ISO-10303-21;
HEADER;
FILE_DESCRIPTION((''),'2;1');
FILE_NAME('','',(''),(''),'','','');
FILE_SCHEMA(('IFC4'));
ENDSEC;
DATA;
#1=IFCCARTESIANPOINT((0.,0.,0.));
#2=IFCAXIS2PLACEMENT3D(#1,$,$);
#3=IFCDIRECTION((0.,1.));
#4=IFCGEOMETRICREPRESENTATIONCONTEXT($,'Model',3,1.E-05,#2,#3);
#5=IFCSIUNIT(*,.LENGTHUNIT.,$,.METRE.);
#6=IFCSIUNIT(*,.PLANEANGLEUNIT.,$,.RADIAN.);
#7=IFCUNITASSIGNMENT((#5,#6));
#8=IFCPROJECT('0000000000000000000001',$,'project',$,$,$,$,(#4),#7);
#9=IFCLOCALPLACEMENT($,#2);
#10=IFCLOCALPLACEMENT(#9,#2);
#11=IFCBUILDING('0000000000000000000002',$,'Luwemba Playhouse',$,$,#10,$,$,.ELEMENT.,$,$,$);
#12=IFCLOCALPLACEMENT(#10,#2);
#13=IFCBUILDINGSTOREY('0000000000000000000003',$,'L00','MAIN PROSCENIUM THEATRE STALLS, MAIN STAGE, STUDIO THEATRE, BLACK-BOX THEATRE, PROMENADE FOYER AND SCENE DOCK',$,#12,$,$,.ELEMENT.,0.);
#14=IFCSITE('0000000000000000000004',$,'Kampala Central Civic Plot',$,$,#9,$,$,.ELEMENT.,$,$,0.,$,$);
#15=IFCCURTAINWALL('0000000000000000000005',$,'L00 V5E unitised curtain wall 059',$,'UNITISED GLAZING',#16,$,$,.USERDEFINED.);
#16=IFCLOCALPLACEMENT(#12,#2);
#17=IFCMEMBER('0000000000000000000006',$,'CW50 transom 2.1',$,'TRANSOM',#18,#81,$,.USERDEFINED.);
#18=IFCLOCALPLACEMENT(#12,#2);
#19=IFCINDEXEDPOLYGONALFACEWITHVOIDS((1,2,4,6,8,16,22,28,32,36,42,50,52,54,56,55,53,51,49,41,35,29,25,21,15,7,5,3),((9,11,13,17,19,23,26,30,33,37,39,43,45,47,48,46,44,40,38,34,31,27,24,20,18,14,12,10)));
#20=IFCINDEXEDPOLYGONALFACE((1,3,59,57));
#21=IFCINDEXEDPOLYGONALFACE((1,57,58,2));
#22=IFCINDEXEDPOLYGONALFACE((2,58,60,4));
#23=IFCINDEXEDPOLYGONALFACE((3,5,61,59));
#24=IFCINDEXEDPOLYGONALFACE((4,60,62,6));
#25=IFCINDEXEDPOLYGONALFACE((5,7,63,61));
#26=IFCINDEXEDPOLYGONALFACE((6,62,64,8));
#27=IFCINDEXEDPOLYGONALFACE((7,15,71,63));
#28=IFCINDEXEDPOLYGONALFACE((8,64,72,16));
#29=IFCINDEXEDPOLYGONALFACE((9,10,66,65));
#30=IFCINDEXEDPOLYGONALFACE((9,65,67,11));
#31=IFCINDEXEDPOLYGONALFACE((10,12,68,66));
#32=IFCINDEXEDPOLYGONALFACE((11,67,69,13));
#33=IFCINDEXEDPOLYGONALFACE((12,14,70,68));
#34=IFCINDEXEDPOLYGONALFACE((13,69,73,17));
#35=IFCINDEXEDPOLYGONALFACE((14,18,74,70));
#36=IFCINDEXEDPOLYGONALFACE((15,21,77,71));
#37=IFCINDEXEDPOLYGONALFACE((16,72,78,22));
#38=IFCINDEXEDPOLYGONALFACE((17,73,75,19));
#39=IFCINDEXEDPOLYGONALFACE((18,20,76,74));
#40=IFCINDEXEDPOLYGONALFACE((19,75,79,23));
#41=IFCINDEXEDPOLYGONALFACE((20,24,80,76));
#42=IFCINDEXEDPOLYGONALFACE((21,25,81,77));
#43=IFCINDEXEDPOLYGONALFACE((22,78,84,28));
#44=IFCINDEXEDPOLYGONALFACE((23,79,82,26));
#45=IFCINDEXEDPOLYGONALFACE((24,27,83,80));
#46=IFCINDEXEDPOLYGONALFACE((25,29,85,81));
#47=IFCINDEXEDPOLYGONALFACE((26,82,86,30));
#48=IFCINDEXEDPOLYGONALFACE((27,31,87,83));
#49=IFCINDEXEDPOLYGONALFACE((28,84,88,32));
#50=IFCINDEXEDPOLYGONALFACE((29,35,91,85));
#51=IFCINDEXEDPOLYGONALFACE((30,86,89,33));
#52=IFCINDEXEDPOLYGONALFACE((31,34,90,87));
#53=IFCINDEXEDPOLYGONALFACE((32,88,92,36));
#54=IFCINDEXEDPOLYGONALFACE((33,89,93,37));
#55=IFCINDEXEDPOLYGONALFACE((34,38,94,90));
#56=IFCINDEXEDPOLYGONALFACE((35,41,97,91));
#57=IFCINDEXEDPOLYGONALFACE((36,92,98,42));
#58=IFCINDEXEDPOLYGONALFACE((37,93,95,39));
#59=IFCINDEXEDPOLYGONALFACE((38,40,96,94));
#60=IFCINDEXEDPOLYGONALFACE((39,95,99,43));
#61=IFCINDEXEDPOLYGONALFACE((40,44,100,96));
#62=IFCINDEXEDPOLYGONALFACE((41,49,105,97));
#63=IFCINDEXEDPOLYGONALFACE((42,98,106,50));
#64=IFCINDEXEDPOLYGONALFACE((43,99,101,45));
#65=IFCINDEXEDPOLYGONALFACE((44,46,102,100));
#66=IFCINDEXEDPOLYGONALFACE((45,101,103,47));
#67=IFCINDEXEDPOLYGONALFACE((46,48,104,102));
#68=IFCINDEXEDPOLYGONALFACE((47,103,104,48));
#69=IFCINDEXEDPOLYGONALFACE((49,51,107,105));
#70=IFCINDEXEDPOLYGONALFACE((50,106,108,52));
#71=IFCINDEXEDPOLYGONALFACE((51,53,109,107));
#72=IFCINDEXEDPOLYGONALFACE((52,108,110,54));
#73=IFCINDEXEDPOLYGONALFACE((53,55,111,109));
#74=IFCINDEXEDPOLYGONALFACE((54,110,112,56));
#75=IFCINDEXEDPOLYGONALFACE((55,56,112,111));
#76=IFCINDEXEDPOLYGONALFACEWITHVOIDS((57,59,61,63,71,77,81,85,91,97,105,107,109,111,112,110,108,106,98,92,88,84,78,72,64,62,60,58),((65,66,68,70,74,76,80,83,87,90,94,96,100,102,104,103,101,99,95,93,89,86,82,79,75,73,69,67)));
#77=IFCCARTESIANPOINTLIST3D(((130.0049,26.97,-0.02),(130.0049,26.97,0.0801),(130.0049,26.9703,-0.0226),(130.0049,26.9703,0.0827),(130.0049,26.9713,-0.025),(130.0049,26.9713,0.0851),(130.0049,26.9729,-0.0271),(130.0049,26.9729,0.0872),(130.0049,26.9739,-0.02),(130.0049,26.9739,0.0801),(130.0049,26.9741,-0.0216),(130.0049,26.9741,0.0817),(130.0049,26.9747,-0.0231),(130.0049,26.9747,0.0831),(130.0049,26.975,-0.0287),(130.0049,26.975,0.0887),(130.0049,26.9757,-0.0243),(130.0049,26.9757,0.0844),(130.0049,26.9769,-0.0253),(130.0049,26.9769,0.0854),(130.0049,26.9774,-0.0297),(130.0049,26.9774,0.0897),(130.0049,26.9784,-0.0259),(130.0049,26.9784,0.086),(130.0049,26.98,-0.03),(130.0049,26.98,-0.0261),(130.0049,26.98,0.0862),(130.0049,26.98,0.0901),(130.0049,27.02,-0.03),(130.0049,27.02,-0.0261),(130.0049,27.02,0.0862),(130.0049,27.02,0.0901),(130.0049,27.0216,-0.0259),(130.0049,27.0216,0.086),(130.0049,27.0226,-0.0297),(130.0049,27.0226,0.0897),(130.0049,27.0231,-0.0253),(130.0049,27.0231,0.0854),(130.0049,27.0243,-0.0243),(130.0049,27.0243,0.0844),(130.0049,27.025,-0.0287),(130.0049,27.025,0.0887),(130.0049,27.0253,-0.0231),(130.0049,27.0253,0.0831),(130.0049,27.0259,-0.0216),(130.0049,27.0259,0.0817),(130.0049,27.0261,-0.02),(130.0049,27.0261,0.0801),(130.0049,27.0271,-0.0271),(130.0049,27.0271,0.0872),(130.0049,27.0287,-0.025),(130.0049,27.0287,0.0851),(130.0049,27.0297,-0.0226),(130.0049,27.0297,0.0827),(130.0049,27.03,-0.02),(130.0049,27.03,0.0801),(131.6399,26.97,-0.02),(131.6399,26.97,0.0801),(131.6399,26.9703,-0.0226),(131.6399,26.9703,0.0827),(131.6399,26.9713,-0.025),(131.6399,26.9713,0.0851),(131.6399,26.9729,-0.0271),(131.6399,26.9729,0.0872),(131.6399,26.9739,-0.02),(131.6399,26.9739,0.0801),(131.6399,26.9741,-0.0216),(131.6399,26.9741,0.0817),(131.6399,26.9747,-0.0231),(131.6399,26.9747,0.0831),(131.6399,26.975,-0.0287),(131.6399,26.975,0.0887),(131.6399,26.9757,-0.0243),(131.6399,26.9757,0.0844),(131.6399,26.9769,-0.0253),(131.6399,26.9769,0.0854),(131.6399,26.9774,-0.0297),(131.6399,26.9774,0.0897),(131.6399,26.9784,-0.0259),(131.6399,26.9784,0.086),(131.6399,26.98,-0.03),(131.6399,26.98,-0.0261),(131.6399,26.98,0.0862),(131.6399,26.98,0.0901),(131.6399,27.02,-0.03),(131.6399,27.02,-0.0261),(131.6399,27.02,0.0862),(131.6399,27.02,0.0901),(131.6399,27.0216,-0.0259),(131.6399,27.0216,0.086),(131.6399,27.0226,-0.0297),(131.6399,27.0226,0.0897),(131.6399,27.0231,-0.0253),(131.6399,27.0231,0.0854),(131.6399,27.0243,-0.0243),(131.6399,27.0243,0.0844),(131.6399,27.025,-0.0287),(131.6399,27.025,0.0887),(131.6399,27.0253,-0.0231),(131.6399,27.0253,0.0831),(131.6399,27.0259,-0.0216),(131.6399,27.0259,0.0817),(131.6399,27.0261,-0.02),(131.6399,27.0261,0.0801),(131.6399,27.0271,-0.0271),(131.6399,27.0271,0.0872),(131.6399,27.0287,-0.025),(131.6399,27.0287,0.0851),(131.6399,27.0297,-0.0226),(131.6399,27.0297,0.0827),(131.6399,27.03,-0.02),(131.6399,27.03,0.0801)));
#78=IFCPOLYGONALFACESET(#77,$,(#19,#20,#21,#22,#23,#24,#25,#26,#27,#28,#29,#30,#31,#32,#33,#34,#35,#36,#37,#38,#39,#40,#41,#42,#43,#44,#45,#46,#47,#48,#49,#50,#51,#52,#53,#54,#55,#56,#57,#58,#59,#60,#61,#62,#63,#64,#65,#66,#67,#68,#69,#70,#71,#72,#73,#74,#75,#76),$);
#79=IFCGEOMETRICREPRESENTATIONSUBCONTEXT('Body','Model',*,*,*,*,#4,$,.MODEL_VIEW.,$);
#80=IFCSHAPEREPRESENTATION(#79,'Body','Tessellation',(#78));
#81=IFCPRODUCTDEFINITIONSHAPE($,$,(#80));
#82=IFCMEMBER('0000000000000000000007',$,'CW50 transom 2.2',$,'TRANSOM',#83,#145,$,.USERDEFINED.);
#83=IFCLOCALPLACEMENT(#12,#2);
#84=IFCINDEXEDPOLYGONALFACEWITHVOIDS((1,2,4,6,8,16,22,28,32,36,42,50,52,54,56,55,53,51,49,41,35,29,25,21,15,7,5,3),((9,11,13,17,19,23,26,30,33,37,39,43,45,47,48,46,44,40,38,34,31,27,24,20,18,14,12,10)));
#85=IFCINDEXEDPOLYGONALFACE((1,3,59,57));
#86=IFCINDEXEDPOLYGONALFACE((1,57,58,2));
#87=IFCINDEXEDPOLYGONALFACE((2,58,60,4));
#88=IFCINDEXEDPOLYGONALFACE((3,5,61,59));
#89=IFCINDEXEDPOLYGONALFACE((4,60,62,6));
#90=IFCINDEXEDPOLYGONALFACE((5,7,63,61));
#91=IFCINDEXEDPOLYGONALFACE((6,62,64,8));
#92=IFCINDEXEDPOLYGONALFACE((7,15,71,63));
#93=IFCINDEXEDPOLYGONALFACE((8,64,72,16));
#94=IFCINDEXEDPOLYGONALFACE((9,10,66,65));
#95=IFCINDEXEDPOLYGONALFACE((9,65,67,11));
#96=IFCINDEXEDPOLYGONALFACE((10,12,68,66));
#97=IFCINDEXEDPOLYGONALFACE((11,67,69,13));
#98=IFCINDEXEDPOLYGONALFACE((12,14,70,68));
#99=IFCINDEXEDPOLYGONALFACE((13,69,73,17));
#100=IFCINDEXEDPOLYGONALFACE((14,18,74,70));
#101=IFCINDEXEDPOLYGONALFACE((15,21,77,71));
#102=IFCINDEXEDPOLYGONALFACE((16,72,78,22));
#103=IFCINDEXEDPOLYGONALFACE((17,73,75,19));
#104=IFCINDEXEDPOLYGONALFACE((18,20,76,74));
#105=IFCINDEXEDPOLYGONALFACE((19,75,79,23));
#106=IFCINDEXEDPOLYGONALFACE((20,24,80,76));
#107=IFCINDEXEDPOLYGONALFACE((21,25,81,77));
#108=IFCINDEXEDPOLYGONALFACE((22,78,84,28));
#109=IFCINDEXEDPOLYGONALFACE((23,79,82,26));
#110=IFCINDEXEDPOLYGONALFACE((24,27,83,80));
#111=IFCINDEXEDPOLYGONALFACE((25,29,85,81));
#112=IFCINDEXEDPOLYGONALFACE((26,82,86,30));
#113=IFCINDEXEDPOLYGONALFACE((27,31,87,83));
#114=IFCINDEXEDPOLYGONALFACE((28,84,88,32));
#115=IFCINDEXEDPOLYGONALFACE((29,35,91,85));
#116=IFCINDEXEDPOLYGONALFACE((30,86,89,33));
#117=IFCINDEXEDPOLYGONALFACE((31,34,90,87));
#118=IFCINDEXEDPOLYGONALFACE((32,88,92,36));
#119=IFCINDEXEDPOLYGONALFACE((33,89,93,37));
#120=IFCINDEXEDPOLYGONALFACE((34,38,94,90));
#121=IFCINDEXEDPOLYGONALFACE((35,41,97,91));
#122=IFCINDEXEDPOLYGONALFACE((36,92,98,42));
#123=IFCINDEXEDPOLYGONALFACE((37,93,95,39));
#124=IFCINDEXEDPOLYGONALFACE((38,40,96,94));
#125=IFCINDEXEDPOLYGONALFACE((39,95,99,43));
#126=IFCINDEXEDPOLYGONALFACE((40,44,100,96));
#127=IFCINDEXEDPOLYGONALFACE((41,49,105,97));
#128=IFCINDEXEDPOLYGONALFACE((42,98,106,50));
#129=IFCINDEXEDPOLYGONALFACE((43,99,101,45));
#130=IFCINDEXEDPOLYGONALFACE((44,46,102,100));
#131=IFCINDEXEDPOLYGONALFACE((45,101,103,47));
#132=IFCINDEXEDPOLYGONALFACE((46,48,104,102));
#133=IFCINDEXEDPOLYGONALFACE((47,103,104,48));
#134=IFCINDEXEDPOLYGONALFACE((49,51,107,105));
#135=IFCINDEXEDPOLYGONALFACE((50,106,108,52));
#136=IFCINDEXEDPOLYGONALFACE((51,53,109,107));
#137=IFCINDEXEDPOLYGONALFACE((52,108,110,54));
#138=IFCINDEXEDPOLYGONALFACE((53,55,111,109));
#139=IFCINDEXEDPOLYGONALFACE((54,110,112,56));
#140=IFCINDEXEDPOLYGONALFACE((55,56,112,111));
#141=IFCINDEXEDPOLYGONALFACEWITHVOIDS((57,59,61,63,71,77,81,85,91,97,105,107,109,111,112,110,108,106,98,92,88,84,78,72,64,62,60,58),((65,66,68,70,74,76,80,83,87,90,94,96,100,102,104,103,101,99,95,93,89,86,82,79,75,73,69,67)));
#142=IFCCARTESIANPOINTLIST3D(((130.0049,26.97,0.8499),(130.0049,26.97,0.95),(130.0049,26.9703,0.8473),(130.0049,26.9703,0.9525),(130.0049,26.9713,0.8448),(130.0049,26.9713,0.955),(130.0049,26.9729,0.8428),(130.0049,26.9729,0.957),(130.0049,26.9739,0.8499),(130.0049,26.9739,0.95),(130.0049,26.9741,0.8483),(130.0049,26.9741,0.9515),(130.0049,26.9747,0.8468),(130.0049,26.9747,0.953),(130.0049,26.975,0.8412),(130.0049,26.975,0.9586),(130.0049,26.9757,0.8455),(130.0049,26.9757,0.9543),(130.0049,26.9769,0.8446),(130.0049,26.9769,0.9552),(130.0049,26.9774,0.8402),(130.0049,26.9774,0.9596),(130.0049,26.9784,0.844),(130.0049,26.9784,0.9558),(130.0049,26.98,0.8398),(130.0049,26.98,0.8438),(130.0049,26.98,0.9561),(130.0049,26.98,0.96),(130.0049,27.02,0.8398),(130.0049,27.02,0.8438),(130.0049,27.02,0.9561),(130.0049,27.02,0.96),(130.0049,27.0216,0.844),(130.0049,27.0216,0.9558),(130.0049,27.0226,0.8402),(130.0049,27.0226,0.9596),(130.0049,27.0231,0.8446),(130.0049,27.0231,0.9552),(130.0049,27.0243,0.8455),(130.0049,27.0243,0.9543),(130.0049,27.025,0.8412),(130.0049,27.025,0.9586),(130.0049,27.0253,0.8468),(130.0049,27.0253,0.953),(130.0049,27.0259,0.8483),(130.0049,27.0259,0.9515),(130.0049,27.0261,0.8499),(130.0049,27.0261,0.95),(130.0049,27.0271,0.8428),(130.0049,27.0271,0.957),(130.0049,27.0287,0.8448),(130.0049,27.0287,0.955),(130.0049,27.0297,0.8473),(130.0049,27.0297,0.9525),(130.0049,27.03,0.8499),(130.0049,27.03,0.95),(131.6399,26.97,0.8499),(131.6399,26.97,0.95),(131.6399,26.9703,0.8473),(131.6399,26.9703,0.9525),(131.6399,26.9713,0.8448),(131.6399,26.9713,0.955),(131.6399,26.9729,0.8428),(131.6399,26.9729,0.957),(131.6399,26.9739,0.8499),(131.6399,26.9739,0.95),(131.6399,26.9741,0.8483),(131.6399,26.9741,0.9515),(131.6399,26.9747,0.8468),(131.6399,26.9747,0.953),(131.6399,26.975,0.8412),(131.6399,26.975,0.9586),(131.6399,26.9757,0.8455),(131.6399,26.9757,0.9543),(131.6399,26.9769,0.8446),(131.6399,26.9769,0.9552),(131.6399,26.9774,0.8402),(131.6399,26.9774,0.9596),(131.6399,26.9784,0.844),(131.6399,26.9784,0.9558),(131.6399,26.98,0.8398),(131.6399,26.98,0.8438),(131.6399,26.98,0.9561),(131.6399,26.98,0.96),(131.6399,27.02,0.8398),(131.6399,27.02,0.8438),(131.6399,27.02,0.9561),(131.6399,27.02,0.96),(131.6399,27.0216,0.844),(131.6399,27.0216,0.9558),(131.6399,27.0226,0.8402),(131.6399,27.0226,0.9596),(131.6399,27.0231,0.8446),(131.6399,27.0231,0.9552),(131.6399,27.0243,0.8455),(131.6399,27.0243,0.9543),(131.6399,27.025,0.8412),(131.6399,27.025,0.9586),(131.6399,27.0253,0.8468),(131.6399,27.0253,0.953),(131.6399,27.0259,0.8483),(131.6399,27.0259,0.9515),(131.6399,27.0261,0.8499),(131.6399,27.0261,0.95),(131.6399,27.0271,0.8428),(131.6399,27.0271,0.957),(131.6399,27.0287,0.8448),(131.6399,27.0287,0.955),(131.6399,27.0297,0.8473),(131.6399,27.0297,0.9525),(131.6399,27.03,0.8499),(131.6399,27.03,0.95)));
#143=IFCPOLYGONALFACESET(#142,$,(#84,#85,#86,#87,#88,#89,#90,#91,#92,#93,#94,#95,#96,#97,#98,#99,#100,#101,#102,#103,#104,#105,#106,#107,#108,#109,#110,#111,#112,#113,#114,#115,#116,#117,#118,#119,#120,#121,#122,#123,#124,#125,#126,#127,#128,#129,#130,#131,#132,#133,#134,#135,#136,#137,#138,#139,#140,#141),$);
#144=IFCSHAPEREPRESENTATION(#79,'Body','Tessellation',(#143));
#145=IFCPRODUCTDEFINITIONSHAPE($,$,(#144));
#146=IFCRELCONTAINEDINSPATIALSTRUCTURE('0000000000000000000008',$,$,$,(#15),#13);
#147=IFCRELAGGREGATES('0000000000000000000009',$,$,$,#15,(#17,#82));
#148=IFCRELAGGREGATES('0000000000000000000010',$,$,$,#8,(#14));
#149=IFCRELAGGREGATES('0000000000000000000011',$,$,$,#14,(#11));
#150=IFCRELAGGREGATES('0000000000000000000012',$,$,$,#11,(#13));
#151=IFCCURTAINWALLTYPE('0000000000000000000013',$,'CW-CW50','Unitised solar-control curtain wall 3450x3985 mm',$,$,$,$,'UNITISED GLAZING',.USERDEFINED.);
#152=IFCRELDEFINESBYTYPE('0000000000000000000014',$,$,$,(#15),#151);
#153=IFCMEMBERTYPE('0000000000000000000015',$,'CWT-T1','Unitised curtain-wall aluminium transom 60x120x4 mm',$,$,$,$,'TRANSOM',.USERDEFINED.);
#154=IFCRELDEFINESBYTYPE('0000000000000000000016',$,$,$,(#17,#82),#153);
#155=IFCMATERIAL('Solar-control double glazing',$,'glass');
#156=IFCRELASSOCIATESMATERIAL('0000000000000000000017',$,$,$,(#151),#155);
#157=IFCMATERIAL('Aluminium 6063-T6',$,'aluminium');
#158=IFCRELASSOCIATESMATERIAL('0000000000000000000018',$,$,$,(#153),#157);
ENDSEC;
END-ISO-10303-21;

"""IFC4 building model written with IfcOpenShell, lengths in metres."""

from ifc_helpers import new_model, si_unit, direction, frame, origin, origin_2d, place, context, subcontext, project, spatial, hollow_rectangle, extrude, material, material_profile, profile_set, type_object, element, aggregate, save


model = new_model("IFC4")

# Units and contexts
model_context = context("Model", 3, precision=1e-05, world=origin(), true_north=direction((0.0, 1.0)))
body_context = subcontext(model_context, "Body", "Model", "MODEL_VIEW")
ifc_project = project(units=[si_unit("LENGTHUNIT", "METRE"), si_unit("PLANEANGLEUNIT", "RADIAN")], contexts=[model_context])

# Site, building, storey
site_placement = place(None, origin())
site = spatial("IfcSite", under=ifc_project, at=site_placement, Name="Kampala Central Civic Plot", CompositionType="ELEMENT", RefElevation=0.0)
building_placement = place(site_placement, origin())
building = spatial("IfcBuilding", under=site, at=building_placement, Name="Luwemba Playhouse", CompositionType="ELEMENT")
storey_placement = place(building_placement, origin())
storey = spatial("IfcBuildingStorey", under=building, at=storey_placement, Name="L00", Description="MAIN PROSCENIUM THEATRE STALLS, MAIN STAGE, STUDIO THEATRE, BLACK-BOX THEATRE, PROMENADE FOYER AND SCENE DOCK", CompositionType="ELEMENT", Elevation=0.0)

# Curtain wall
ifc_material_1 = material(Name="Solar-control double glazing", Category="glass")
curtain_wall_type_1 = type_object("IfcCurtainWallType", Name="CW-CW50", Description="Unitised solar-control curtain wall 3450x3985 mm", ElementType="UNITISED GLAZING", PredefinedType="USERDEFINED", material=ifc_material_1)
curtain_wall_1_placement = place(storey_placement, origin())
curtain_wall_1 = element("IfcCurtainWall", 1, at=curtain_wall_1_placement, inside=storey, type_object=curtain_wall_type_1, Name="L00 V5E unitised curtain wall 059", ObjectType="UNITISED GLAZING", PredefinedType="USERDEFINED")
ifc_material_2 = material(Name="Aluminium 6063-T6", Category="aluminium")

# Members
ifc_material_profile_1 = material_profile(ifc_material_2, hollow_rectangle(XDim=0.0601, YDim=0.1201, WallThickness=0.0039, InnerFilletRadius=0.0061, OuterFilletRadius=0.01, at=origin_2d()))
ifc_profile_set_1 = profile_set([ifc_material_profile_1], Name="Aluminium 6063-T6")
member_type_1 = type_object("IfcMemberType", Name="CWT-T1", Description="Unitised curtain-wall aluminium transom 60x120x4 mm", ElementType="TRANSOM", PredefinedType="USERDEFINED", material=ifc_profile_set_1)
member_1_placement = place(storey_placement, frame((130.0049, 27.0, 0.03), z_axis=(1.0, 0.0, 0.0), x_axis=(0.0, 1.0, 0.0)))
member_1 = element("IfcMember", 2, at=member_1_placement, type_object=member_type_1, Name="CW50 transom 2.1", ObjectType="TRANSOM", PredefinedType="USERDEFINED", context=body_context, shape_type="SweptSolid", body=[
    extrude(hollow_rectangle(XDim=0.0601, YDim=0.1201, WallThickness=0.0039, InnerFilletRadius=0.0061, OuterFilletRadius=0.01, at=origin_2d()), origin(), (0.0, 0.0, 1.0), 1.635),
])
member_2_placement = place(storey_placement, frame((130.0049, 27.0, 0.8999), z_axis=(1.0, 0.0, 0.0), x_axis=(0.0, 1.0, 0.0)))
member_2 = element("IfcMember", 3, at=member_2_placement, type_object=member_type_1, Name="CW50 transom 2.2", ObjectType="TRANSOM", PredefinedType="USERDEFINED", context=body_context, shape_type="SweptSolid", body=[
    extrude(hollow_rectangle(XDim=0.0601, YDim=0.1201, WallThickness=0.0039, InnerFilletRadius=0.0061, OuterFilletRadius=0.01, at=origin_2d()), origin(), (0.0, 0.0, 1.0), 1.635),
])

aggregate(curtain_wall_1, [member_1, member_2])

save(model, "model.ifc")
